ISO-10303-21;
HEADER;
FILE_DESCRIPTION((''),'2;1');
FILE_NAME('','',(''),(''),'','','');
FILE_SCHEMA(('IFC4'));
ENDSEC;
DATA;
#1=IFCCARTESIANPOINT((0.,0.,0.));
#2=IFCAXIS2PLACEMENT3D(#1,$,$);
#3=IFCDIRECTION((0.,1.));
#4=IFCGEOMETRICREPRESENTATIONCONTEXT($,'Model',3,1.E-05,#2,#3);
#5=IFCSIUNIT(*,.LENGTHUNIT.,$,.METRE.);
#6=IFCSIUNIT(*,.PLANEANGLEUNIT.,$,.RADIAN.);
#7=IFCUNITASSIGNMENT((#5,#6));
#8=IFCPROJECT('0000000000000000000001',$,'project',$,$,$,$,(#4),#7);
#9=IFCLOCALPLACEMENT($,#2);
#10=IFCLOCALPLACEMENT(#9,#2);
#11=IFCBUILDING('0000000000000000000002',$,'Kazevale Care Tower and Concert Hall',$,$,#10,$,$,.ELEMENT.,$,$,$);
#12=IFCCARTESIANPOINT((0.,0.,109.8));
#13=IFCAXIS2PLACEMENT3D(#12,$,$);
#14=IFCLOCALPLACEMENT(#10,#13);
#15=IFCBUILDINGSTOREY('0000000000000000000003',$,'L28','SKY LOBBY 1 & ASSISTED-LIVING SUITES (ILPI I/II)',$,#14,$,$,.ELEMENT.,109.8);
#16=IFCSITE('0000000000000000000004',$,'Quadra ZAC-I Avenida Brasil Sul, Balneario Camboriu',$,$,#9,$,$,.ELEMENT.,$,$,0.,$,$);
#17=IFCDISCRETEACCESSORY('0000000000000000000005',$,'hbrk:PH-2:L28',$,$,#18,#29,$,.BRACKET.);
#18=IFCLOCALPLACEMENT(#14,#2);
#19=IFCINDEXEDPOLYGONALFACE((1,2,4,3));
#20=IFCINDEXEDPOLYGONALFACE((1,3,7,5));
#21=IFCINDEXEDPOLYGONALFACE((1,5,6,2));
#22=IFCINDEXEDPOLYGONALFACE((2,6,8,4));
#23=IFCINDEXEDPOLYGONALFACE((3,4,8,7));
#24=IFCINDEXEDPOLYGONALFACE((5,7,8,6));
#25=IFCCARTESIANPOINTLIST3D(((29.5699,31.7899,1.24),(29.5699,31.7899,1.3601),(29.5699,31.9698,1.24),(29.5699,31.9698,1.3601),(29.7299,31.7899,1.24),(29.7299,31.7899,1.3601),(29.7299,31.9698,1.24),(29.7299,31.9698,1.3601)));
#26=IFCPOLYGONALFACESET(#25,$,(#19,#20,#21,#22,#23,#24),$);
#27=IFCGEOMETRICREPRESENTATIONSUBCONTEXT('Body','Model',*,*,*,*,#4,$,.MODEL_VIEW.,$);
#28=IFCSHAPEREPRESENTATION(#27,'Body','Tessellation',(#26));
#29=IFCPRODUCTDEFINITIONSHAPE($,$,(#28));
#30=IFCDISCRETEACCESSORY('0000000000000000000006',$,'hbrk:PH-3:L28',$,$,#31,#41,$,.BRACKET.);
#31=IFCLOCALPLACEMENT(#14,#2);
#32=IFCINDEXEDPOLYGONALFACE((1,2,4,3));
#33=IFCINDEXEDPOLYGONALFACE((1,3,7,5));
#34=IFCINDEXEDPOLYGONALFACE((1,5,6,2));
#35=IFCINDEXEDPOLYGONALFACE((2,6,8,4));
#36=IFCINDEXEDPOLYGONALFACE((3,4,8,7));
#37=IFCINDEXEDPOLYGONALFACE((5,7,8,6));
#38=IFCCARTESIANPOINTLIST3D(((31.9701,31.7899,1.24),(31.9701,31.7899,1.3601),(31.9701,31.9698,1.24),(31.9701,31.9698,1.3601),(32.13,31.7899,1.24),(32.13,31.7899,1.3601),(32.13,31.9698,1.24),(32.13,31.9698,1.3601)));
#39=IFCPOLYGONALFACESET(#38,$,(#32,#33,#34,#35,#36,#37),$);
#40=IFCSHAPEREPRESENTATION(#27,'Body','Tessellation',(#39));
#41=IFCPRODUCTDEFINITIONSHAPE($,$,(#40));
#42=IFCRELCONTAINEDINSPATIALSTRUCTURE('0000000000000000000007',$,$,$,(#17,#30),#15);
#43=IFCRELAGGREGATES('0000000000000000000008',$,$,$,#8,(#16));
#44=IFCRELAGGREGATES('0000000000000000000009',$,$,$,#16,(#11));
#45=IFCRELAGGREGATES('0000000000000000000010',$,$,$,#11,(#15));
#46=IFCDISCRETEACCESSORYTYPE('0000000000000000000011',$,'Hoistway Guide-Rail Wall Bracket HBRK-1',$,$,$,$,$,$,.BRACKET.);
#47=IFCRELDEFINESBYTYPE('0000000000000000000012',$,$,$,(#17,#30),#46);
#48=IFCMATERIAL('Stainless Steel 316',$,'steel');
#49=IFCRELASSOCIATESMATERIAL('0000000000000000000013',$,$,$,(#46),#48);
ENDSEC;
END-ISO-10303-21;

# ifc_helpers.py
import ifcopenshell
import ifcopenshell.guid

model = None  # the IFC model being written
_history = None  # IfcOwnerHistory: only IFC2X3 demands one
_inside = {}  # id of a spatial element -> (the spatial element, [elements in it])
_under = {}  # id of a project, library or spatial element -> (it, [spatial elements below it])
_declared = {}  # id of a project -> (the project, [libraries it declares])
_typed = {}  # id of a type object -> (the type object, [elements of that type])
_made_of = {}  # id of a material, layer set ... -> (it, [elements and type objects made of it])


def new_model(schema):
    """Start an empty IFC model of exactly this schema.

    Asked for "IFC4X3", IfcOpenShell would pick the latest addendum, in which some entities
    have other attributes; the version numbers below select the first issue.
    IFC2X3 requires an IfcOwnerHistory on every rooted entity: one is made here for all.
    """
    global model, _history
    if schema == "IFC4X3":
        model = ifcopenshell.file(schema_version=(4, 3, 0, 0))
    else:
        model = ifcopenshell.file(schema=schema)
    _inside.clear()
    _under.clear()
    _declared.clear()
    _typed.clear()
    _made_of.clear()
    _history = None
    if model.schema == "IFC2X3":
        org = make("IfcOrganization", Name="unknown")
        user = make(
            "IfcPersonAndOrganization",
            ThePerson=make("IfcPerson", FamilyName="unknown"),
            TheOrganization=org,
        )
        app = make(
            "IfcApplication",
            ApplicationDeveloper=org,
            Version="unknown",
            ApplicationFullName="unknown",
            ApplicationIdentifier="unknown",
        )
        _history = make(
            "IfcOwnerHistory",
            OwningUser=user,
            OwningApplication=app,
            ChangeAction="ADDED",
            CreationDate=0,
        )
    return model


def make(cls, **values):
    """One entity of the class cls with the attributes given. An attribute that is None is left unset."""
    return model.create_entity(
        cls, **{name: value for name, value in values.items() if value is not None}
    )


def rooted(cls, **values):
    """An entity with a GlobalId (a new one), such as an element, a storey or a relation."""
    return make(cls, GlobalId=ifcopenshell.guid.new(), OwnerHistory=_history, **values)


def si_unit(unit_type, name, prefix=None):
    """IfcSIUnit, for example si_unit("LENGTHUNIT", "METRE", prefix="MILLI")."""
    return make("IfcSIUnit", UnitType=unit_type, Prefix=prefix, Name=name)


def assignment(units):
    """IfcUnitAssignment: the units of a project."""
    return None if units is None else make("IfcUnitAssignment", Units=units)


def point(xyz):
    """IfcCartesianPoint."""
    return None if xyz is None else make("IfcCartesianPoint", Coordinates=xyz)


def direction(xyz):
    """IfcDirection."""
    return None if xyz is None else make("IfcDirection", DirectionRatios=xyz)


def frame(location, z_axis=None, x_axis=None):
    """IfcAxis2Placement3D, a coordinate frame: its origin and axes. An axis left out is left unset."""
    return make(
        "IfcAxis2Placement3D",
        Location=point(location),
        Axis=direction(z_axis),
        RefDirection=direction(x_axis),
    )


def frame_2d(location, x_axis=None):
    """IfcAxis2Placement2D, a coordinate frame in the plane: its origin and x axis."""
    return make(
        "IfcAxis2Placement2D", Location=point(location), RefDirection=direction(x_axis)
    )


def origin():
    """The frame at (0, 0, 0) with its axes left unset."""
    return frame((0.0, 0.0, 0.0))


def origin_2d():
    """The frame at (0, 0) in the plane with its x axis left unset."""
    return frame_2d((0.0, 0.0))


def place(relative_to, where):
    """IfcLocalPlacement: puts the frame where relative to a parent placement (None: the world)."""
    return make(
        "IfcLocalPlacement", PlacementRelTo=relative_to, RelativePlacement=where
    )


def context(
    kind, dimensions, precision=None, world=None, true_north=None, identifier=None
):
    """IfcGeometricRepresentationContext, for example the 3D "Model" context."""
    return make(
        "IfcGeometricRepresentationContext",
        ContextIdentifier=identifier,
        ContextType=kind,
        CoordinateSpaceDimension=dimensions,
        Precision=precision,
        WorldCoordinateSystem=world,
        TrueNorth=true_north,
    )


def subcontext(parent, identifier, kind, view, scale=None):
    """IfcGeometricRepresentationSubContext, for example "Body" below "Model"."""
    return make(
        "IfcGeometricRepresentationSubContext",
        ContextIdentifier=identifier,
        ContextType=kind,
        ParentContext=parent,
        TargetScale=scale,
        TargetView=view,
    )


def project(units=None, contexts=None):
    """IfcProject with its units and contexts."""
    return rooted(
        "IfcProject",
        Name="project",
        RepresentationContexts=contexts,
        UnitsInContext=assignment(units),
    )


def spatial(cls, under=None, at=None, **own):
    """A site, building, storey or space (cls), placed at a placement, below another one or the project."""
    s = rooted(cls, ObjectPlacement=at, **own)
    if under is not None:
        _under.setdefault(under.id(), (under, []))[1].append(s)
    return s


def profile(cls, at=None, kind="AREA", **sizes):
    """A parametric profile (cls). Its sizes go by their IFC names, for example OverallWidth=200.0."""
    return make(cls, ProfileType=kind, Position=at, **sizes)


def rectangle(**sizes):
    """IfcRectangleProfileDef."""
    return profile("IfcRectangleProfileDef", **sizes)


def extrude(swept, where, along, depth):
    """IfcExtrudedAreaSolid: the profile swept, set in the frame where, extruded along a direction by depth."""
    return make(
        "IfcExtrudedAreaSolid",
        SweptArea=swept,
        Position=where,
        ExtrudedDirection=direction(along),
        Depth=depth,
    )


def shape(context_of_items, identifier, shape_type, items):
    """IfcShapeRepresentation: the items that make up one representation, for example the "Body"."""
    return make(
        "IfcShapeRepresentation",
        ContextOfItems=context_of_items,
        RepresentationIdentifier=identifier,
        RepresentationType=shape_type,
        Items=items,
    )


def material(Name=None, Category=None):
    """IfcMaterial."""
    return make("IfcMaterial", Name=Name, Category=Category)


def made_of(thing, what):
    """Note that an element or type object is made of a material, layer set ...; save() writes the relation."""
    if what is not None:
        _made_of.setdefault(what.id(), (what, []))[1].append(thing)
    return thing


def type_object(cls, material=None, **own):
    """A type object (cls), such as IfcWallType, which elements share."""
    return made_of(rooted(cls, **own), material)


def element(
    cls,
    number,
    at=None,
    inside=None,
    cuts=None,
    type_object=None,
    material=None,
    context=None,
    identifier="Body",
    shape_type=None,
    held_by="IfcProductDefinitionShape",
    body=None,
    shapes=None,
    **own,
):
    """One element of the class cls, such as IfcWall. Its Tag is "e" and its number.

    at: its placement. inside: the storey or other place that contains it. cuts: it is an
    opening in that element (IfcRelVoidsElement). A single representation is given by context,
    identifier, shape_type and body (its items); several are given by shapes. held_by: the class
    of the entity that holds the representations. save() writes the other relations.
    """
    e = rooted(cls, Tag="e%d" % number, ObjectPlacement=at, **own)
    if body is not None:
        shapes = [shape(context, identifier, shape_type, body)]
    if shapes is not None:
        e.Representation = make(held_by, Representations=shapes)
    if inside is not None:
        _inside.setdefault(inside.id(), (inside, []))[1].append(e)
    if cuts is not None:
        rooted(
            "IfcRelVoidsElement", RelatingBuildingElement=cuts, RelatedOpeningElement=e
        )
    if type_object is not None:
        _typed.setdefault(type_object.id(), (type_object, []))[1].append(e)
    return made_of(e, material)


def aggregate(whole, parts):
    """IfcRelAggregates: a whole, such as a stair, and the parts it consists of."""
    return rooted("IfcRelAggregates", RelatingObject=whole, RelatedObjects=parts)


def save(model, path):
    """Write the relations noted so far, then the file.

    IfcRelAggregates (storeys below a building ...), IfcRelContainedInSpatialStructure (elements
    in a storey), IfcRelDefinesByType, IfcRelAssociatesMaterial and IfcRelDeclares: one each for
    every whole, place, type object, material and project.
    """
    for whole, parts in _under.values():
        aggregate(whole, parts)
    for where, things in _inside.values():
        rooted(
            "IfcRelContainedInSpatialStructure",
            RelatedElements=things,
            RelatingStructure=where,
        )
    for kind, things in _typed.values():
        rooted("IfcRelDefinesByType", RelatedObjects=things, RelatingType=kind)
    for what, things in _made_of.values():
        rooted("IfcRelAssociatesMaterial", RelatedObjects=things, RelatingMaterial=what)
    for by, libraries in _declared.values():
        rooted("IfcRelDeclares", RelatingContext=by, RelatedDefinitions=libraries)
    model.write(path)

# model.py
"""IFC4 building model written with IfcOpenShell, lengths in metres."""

from ifc_helpers import new_model, si_unit, direction, frame, origin, origin_2d, place, context, subcontext, project, spatial, rectangle, extrude, material, type_object, element, save


model = new_model("IFC4")

# Units and contexts
model_context = context("Model", 3, precision=1e-05, world=origin(), true_north=direction((0.0, 1.0)))
body_context = subcontext(model_context, "Body", "Model", "MODEL_VIEW")
ifc_project = project(units=[si_unit("LENGTHUNIT", "METRE"), si_unit("PLANEANGLEUNIT", "RADIAN")], contexts=[model_context])

# Site, building, storey
site_placement = place(None, origin())
site = spatial("IfcSite", under=ifc_project, at=site_placement, Name="Quadra ZAC-I Avenida Brasil Sul, Balneario Camboriu", CompositionType="ELEMENT", RefElevation=0.0)
building_placement = place(site_placement, origin())
building = spatial("IfcBuilding", under=site, at=building_placement, Name="Kazevale Care Tower and Concert Hall", CompositionType="ELEMENT")
storey_placement = place(building_placement, frame((0.0, 0.0, 109.8)))
storey = spatial("IfcBuildingStorey", under=building, at=storey_placement, Name="L28", Description="SKY LOBBY 1 & ASSISTED-LIVING SUITES (ILPI I/II)", CompositionType="ELEMENT", Elevation=109.8)

# Shared definitions
ifc_material_1 = material(Name="Stainless Steel 316", Category="steel")

# Discrete accessories
discrete_accessory_type = type_object("IfcDiscreteAccessoryType", Name="Hoistway Guide-Rail Wall Bracket HBRK-1", PredefinedType="BRACKET", material=ifc_material_1)
for number, where, z_axis, x_axis, name in (
    (1, (29.6499, 31.8799, 1.24), (0.0, 0.0, 1.0), (1.0, 0.0, 0.0), "hbrk:PH-2:L28"),
    (2, (32.05, 31.8799, 1.24), (0.0, 0.0, 1.0), (1.0, 0.0, 0.0), "hbrk:PH-3:L28"),
):
    element("IfcDiscreteAccessory", number, at=place(storey_placement, frame(where, z_axis=z_axis, x_axis=x_axis)), inside=storey, type_object=discrete_accessory_type, Name=name, PredefinedType="BRACKET", context=body_context, shape_type="SweptSolid", body=[
        extrude(rectangle(XDim=0.1599, YDim=0.1799, at=origin_2d()), origin(), (0.0, 0.0, 1.0), 0.1201),
    ])

save(model, "model.ifc")
